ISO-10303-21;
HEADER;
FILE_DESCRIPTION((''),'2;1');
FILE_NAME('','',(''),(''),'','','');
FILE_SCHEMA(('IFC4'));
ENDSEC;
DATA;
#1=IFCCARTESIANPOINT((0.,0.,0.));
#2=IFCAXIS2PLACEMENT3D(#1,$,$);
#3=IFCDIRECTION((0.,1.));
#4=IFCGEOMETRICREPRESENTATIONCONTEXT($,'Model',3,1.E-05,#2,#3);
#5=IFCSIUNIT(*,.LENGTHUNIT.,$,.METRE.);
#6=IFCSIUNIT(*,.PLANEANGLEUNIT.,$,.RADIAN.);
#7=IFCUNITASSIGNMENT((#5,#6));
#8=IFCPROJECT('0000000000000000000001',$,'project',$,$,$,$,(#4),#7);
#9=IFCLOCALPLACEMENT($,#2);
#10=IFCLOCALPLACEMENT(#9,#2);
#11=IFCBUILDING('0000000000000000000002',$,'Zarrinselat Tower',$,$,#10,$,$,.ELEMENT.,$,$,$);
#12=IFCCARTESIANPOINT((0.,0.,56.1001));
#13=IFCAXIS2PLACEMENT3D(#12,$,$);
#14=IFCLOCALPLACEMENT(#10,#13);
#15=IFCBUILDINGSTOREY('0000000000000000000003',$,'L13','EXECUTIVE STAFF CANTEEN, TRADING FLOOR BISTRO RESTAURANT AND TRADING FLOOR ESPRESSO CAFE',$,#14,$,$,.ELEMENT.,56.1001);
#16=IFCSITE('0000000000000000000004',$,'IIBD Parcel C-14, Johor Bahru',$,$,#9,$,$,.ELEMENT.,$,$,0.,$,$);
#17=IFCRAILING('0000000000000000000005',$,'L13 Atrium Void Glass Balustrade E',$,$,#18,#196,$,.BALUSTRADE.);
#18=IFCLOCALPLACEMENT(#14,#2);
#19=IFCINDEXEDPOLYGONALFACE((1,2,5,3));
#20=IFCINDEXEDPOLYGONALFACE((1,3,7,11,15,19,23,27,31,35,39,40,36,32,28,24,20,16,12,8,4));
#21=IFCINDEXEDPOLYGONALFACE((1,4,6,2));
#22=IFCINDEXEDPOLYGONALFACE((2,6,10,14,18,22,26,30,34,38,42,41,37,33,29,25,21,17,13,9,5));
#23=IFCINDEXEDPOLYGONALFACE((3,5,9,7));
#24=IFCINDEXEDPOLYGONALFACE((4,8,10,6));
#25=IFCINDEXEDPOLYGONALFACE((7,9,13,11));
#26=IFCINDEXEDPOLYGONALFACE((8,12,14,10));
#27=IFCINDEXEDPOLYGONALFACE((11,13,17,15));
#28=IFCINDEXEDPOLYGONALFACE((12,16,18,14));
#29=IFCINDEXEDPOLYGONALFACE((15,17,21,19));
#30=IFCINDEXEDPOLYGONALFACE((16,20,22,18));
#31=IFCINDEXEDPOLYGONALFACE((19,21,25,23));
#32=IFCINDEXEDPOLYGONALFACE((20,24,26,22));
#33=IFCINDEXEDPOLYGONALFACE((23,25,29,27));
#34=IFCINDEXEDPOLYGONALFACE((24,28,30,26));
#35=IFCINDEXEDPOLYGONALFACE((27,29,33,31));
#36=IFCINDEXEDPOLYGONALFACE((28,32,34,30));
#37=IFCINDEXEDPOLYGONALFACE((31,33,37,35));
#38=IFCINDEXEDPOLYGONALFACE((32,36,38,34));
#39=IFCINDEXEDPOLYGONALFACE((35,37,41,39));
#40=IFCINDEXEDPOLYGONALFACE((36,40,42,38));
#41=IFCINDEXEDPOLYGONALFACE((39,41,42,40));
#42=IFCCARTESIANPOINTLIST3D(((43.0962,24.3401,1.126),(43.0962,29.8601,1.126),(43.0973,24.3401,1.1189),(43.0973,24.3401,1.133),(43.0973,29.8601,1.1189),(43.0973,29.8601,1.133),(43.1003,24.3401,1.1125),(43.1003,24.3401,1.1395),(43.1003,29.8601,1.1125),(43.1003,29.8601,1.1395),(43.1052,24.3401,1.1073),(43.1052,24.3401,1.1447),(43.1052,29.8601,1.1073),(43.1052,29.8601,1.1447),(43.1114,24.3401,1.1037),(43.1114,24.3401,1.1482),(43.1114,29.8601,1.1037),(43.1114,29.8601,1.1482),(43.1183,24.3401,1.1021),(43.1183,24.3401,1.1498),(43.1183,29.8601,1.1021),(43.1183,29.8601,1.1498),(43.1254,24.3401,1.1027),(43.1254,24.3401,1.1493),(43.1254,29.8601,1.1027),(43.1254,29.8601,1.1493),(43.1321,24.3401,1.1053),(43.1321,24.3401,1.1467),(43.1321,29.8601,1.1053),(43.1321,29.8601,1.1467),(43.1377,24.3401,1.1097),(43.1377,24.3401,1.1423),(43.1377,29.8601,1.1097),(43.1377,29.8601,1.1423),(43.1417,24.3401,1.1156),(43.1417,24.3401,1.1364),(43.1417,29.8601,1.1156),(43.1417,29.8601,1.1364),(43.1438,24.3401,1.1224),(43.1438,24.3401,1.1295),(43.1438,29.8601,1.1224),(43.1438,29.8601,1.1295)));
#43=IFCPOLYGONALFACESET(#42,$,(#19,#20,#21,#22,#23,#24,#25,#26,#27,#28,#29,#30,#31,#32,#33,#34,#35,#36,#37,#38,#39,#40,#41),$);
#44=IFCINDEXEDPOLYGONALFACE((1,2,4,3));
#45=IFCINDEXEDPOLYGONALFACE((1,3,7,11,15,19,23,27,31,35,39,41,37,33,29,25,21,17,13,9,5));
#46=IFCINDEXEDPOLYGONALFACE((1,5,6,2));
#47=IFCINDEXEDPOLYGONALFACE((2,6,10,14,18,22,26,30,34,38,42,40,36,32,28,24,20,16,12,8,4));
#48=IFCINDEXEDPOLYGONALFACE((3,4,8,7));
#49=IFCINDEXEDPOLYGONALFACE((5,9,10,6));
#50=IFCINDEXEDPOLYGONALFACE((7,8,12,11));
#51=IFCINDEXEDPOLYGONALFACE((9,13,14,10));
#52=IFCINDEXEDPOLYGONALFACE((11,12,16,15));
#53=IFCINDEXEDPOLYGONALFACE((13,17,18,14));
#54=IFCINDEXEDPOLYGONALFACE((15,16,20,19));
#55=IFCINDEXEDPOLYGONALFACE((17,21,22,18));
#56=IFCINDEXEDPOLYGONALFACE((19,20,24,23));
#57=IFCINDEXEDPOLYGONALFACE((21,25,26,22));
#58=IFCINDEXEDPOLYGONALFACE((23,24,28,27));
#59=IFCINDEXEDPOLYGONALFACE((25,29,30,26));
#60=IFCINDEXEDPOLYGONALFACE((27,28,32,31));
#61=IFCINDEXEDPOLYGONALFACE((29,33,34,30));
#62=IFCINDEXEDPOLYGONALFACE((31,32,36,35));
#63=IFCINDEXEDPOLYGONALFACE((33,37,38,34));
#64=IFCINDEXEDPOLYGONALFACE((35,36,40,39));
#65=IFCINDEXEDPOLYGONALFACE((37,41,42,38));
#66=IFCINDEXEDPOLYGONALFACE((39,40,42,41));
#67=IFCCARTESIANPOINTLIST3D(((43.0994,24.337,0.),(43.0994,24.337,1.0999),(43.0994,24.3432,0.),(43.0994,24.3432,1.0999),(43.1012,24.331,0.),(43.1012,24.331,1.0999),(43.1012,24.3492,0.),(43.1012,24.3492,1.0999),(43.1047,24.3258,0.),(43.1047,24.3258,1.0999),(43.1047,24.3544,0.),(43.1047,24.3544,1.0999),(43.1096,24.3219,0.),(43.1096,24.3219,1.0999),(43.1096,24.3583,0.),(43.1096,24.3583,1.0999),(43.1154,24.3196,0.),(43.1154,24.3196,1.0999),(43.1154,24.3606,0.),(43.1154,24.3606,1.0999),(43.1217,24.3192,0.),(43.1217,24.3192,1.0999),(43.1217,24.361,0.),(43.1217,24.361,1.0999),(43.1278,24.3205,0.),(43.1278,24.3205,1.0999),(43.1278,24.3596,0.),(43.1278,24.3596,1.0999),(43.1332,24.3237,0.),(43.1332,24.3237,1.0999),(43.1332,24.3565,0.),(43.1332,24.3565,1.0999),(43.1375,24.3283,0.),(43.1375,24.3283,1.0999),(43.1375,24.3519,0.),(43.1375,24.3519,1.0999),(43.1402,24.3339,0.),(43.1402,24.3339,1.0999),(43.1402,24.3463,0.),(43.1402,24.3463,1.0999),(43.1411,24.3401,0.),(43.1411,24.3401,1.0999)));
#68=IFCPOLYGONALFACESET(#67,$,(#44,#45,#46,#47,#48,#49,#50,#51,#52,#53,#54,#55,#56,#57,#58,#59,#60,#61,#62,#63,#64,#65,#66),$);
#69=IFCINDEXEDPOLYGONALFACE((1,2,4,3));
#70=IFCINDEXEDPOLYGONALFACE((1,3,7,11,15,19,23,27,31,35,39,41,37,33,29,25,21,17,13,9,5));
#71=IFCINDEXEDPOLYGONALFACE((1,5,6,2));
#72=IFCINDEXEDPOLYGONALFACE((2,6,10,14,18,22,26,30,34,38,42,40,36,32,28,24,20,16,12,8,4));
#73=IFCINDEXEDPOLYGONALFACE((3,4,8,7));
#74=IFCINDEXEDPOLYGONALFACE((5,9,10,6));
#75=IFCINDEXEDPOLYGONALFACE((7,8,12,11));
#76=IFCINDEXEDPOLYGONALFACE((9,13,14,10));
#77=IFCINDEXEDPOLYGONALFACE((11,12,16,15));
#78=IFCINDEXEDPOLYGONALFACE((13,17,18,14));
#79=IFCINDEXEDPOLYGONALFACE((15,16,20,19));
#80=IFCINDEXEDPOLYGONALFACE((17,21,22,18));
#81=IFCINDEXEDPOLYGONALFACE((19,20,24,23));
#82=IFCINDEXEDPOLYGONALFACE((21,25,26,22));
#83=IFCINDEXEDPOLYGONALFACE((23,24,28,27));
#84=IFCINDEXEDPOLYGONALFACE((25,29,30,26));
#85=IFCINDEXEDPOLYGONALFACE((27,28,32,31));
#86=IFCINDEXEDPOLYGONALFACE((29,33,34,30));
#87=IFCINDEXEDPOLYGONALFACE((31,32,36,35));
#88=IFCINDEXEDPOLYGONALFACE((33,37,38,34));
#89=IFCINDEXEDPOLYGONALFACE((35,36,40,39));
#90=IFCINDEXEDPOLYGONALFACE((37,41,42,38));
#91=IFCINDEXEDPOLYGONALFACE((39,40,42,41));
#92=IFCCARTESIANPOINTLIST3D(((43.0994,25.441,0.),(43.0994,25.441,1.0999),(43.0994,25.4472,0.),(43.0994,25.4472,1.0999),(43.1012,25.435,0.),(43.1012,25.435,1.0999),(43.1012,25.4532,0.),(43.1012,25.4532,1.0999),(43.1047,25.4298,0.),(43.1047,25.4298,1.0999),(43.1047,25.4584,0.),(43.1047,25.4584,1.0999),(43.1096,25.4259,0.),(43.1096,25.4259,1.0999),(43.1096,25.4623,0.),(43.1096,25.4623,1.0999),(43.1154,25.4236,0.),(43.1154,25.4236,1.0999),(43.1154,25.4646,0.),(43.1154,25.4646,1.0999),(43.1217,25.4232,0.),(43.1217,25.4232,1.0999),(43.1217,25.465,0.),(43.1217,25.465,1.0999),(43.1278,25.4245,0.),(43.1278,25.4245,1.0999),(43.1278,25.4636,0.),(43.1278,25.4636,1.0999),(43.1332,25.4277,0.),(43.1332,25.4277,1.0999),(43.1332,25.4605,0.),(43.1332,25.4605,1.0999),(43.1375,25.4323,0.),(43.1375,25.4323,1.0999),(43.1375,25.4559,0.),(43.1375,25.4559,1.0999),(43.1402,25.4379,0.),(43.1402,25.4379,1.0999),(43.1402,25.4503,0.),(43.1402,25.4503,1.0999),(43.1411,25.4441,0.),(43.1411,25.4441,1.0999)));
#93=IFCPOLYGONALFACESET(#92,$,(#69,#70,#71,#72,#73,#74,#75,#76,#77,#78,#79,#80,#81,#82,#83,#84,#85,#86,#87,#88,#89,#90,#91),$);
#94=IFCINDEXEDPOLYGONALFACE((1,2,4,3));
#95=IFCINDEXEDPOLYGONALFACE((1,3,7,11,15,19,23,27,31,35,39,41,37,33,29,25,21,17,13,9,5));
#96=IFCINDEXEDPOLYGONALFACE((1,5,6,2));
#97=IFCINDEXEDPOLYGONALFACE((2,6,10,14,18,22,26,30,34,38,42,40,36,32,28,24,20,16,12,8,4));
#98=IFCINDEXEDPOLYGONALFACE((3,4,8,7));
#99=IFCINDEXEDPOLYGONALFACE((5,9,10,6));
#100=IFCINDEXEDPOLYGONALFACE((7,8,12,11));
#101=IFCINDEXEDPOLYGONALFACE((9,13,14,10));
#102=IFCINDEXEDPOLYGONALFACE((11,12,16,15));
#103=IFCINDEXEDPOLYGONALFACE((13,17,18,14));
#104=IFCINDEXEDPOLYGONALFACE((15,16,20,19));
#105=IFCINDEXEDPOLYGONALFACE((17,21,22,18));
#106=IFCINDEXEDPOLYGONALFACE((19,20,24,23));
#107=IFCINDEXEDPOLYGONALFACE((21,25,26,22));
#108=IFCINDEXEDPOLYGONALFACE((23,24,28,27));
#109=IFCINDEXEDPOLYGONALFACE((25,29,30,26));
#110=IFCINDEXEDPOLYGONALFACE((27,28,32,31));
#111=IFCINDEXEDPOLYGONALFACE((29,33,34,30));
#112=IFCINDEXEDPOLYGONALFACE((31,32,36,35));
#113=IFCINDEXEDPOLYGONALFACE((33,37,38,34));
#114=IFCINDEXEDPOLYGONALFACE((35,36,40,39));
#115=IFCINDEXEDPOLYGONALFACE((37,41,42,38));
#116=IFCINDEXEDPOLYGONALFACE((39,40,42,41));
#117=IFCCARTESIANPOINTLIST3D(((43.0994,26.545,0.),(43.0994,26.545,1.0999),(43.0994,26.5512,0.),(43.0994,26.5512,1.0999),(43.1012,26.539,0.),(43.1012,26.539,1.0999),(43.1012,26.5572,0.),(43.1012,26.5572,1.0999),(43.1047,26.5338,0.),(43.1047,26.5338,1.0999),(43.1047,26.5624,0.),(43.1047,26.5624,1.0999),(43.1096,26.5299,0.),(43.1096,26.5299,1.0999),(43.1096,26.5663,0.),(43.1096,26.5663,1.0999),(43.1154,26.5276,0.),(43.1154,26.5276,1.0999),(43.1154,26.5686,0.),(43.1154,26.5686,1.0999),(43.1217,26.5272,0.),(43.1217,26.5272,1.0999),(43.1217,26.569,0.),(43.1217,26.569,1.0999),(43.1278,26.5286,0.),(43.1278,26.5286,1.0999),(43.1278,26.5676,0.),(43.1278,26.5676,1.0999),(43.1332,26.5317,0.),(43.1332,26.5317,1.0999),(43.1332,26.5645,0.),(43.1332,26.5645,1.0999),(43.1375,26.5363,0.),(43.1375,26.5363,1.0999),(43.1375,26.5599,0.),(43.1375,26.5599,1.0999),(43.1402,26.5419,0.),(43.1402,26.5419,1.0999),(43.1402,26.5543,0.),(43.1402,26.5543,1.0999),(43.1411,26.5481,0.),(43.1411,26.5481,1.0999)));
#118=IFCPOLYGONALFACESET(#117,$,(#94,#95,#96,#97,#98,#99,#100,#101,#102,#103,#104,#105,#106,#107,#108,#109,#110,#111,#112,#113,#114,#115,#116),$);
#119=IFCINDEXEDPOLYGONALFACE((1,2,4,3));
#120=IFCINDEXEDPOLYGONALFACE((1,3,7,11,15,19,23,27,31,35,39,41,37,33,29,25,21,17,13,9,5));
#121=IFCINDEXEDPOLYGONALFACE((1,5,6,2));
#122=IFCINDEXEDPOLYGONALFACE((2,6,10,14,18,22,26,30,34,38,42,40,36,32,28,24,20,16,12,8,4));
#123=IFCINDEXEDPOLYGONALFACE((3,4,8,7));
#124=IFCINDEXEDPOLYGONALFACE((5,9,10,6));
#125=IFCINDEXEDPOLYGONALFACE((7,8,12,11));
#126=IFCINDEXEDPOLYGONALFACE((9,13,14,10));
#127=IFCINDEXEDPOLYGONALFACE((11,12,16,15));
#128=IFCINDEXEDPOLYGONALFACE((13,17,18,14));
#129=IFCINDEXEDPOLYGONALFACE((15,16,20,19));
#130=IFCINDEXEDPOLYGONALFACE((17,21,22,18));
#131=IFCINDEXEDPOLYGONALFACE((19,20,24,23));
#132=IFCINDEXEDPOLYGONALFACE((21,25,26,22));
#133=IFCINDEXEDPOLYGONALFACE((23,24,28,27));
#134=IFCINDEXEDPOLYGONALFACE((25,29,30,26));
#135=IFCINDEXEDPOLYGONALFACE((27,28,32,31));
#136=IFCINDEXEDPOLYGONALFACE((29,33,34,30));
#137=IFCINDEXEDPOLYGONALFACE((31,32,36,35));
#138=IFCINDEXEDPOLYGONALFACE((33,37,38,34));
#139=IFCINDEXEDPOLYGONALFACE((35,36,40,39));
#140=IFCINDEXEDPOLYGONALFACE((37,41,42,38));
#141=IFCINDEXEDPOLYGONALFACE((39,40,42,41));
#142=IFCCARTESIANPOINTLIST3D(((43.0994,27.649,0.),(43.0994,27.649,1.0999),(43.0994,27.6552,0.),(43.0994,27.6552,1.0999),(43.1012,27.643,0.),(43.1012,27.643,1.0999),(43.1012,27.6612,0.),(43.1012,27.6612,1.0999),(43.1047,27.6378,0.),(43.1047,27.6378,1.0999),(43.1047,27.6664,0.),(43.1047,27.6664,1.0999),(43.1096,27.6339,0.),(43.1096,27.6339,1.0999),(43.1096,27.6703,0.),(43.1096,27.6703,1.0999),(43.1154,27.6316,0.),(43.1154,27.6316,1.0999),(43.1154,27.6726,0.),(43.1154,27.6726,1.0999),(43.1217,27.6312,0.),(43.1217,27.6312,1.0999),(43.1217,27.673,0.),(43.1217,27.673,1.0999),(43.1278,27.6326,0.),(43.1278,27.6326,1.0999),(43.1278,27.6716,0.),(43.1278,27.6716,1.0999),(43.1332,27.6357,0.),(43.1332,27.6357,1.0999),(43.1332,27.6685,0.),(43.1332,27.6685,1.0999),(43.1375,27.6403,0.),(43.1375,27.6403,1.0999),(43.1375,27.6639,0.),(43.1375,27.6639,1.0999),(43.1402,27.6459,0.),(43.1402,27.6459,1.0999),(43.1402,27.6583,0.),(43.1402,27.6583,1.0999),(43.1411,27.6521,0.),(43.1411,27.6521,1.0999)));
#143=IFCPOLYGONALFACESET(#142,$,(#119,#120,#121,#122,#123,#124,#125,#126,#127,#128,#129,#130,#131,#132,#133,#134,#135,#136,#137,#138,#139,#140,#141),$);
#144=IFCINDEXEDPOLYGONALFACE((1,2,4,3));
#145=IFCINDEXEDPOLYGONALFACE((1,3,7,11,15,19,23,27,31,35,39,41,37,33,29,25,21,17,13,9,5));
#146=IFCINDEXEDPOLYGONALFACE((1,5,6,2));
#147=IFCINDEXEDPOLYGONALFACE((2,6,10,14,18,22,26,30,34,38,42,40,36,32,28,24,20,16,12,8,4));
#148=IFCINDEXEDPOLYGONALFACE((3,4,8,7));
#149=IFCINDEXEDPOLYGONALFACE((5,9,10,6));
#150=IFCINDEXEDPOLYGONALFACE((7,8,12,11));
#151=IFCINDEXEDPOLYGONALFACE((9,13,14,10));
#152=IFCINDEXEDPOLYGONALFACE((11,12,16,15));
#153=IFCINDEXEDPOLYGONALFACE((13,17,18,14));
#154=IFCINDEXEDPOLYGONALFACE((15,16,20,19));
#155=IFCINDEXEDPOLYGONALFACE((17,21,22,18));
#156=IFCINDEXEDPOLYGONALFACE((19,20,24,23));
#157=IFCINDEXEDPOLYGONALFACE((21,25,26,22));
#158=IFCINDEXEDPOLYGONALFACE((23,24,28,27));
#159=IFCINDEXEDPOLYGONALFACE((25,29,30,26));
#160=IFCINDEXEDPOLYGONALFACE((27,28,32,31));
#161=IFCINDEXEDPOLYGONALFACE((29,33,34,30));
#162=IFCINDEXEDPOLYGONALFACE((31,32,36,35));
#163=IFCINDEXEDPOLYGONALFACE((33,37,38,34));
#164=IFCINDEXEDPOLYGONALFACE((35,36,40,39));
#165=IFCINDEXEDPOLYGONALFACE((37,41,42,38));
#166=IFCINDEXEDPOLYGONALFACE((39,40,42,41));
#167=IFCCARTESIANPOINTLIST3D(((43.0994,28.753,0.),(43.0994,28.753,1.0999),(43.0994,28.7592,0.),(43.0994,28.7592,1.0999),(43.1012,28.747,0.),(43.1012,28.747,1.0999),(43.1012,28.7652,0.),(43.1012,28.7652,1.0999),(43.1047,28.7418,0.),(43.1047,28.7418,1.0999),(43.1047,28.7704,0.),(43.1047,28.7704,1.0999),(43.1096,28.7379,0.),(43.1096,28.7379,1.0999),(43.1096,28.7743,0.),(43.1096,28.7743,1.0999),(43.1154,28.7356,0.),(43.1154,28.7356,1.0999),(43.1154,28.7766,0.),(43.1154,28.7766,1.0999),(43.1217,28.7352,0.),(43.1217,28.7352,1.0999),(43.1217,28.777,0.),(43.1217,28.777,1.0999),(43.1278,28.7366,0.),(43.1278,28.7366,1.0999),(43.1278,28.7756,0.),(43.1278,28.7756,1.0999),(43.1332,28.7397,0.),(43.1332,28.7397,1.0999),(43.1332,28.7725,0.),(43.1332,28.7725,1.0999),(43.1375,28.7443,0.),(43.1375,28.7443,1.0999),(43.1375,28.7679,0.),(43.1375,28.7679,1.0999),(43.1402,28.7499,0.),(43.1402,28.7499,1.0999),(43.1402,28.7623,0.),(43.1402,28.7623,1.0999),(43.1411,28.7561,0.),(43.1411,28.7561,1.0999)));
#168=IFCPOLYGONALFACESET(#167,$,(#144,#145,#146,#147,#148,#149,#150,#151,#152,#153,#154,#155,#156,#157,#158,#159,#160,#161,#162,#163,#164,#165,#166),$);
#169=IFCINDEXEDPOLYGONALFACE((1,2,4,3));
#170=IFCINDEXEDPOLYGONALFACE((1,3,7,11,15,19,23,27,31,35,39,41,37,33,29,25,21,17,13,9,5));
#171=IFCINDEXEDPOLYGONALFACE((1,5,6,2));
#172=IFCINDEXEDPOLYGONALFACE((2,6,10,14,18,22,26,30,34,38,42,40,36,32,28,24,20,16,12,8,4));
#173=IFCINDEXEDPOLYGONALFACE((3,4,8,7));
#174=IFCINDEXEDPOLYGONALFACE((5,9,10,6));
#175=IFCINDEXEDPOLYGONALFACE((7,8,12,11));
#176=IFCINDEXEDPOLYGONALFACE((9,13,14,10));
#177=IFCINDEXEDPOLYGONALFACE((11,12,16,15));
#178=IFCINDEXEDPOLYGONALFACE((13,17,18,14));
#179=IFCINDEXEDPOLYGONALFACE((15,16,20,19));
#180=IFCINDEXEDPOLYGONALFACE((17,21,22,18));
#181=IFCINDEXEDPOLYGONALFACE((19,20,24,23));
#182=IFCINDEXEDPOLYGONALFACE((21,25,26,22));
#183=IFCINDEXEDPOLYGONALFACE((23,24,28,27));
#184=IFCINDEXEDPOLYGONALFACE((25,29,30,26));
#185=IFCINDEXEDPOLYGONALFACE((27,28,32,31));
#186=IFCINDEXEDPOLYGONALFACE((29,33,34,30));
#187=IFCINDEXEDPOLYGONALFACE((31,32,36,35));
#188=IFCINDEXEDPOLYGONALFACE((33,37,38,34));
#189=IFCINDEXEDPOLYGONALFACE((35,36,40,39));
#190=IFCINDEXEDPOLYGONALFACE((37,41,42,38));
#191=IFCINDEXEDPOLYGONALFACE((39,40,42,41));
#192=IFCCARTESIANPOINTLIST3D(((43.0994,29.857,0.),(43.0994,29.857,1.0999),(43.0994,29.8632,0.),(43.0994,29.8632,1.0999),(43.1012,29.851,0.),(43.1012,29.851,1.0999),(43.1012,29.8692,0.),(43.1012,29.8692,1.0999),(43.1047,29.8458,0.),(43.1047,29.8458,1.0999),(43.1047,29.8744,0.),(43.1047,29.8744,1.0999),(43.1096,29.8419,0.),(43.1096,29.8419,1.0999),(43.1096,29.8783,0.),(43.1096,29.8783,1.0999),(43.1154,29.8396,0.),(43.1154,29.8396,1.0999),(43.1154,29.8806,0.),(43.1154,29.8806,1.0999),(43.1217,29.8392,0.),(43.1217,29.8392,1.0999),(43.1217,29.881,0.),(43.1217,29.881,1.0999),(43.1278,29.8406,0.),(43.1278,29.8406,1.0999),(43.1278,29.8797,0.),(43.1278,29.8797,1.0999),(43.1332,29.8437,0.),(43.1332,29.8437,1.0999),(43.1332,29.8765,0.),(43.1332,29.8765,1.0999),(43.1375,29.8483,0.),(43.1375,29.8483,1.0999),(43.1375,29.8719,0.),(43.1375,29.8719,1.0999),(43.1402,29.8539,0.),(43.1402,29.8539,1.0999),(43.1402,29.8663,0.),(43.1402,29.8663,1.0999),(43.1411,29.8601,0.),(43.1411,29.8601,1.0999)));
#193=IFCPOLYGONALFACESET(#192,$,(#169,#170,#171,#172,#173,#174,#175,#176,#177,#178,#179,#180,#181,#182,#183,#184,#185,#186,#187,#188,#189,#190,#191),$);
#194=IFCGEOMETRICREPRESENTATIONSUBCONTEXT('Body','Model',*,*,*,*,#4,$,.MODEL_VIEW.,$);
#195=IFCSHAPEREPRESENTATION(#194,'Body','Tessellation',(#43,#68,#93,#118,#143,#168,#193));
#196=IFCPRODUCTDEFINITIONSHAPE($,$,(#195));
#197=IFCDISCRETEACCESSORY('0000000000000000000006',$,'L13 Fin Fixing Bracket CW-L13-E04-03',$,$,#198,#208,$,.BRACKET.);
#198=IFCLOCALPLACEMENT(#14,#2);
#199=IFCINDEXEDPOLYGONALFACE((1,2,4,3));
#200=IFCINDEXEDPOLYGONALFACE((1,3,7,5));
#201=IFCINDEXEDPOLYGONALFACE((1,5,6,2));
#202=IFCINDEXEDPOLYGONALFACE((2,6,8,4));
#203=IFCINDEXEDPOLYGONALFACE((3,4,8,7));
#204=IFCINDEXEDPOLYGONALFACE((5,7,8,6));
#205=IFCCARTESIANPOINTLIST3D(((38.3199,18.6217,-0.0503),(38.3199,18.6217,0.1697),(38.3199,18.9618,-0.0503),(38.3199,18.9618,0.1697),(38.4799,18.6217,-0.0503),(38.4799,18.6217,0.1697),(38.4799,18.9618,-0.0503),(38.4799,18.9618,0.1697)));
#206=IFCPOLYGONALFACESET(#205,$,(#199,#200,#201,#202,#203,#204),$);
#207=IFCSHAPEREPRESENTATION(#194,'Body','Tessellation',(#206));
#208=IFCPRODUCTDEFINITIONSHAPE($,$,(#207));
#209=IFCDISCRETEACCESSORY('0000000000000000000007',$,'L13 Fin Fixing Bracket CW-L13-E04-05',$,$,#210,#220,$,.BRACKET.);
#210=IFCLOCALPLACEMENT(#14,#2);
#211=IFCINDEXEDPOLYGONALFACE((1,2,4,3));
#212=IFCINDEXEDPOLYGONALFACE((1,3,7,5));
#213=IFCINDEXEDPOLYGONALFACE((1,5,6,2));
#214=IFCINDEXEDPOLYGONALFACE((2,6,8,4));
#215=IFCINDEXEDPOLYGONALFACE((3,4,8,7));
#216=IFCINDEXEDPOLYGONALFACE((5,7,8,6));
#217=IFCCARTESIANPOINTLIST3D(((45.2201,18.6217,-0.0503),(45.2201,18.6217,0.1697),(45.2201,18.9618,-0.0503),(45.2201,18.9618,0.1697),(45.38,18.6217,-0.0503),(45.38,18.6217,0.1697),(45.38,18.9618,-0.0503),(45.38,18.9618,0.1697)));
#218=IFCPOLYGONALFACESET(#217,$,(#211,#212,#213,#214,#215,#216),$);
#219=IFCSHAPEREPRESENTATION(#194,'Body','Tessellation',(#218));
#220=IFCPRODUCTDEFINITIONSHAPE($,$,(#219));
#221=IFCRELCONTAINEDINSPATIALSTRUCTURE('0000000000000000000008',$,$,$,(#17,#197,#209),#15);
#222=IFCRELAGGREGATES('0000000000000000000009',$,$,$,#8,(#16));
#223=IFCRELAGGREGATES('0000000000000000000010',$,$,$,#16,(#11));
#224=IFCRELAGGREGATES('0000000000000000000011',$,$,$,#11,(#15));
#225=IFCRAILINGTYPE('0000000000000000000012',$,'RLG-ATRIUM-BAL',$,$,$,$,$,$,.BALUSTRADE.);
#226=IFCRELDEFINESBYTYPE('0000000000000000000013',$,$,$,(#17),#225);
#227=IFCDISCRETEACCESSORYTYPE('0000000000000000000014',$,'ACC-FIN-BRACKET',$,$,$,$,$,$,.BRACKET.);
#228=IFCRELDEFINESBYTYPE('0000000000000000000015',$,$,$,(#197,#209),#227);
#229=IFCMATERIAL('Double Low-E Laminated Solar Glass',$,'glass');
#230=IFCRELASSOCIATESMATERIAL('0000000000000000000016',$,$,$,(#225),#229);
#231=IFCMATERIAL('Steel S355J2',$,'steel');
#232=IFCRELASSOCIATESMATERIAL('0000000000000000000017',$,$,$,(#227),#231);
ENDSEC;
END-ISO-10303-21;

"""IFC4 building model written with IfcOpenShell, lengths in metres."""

from ifc_helpers import new_model, si_unit, direction, frame, origin, origin_2d, place, context, subcontext, project, spatial, rectangle, circle, extrude, material, type_object, element, save


model = new_model("IFC4")

# Units and contexts
model_context = context("Model", 3, precision=1e-05, world=origin(), true_north=direction((0.0, 1.0)))
body_context = subcontext(model_context, "Body", "Model", "MODEL_VIEW")
ifc_project = project(units=[si_unit("LENGTHUNIT", "METRE"), si_unit("PLANEANGLEUNIT", "RADIAN")], contexts=[model_context])

# Site, building, storey
site_placement = place(None, origin())
site = spatial("IfcSite", under=ifc_project, at=site_placement, Name="IIBD Parcel C-14, Johor Bahru", CompositionType="ELEMENT", RefElevation=0.0)
building_placement = place(site_placement, origin())
building = spatial("IfcBuilding", under=site, at=building_placement, Name="Zarrinselat Tower", CompositionType="ELEMENT")
storey_placement = place(building_placement, frame((0.0, 0.0, 56.1001)))
storey = spatial("IfcBuildingStorey", under=building, at=storey_placement, Name="L13", Description="EXECUTIVE STAFF CANTEEN, TRADING FLOOR BISTRO RESTAURANT AND TRADING FLOOR ESPRESSO CAFE", CompositionType="ELEMENT", Elevation=56.1001)

# Railing
ifc_material_1 = material(Name="Double Low-E Laminated Solar Glass", Category="glass")
railing_type = type_object("IfcRailingType", Name="RLG-ATRIUM-BAL", PredefinedType="BALUSTRADE", material=ifc_material_1)
railing_placement = place(storey_placement, frame((43.1201, 24.3401, 0.0)))
element("IfcRailing", 1, at=railing_placement, inside=storey, type_object=railing_type, Name="L13 Atrium Void Glass Balustrade E", PredefinedType="BALUSTRADE", context=body_context, shape_type="SweptSolid", body=[
    extrude(circle(Radius=0.0239, at=origin_2d()), frame((0.0, 0.0, 1.126), z_axis=(0.0, 1.0, 0.0), x_axis=(-1.0, 0.0, 0.0)), (0.0, 0.0, 1.0), 5.52),
    extrude(circle(Radius=0.021, at=origin_2d()), origin(), (0.0, 0.0, 1.0), 1.0999),
    extrude(circle(Radius=0.021, at=origin_2d()), frame((0.0, 1.104, 0.0)), (0.0, 0.0, 1.0), 1.0999),
    extrude(circle(Radius=0.021, at=origin_2d()), frame((0.0, 2.208, 0.0)), (0.0, 0.0, 1.0), 1.0999),
    extrude(circle(Radius=0.021, at=origin_2d()), frame((0.0, 3.312, 0.0)), (0.0, 0.0, 1.0), 1.0999),
    extrude(circle(Radius=0.021, at=origin_2d()), frame((0.0, 4.416, 0.0)), (0.0, 0.0, 1.0), 1.0999),
    extrude(circle(Radius=0.021, at=origin_2d()), frame((0.0, 5.52, 0.0)), (0.0, 0.0, 1.0), 1.0999),
])

# Discrete accessories
ifc_material_2 = material(Name="Steel S355J2", Category="steel")
discrete_accessory_type = type_object("IfcDiscreteAccessoryType", Name="ACC-FIN-BRACKET", PredefinedType="BRACKET", material=ifc_material_2)
for number, where, z_axis, x_axis, name in (
    (2, (38.3999, 18.7917, -0.0503), (0.0, 0.0, 1.0), (0.0, -1.0, 0.0), "L13 Fin Fixing Bracket CW-L13-E04-03"),
    (3, (45.3, 18.7917, -0.0503), (0.0, 0.0, 1.0), (0.0, -1.0, 0.0), "L13 Fin Fixing Bracket CW-L13-E04-05"),
):
    element("IfcDiscreteAccessory", number, at=place(storey_placement, frame(where, z_axis=z_axis, x_axis=x_axis)), inside=storey, type_object=discrete_accessory_type, Name=name, PredefinedType="BRACKET", context=body_context, shape_type="SweptSolid", body=[
        extrude(rectangle(XDim=0.3401, YDim=0.1599, at=origin_2d()), origin(), (0.0, 0.0, 1.0), 0.22),
    ])

save(model, "model.ifc")
